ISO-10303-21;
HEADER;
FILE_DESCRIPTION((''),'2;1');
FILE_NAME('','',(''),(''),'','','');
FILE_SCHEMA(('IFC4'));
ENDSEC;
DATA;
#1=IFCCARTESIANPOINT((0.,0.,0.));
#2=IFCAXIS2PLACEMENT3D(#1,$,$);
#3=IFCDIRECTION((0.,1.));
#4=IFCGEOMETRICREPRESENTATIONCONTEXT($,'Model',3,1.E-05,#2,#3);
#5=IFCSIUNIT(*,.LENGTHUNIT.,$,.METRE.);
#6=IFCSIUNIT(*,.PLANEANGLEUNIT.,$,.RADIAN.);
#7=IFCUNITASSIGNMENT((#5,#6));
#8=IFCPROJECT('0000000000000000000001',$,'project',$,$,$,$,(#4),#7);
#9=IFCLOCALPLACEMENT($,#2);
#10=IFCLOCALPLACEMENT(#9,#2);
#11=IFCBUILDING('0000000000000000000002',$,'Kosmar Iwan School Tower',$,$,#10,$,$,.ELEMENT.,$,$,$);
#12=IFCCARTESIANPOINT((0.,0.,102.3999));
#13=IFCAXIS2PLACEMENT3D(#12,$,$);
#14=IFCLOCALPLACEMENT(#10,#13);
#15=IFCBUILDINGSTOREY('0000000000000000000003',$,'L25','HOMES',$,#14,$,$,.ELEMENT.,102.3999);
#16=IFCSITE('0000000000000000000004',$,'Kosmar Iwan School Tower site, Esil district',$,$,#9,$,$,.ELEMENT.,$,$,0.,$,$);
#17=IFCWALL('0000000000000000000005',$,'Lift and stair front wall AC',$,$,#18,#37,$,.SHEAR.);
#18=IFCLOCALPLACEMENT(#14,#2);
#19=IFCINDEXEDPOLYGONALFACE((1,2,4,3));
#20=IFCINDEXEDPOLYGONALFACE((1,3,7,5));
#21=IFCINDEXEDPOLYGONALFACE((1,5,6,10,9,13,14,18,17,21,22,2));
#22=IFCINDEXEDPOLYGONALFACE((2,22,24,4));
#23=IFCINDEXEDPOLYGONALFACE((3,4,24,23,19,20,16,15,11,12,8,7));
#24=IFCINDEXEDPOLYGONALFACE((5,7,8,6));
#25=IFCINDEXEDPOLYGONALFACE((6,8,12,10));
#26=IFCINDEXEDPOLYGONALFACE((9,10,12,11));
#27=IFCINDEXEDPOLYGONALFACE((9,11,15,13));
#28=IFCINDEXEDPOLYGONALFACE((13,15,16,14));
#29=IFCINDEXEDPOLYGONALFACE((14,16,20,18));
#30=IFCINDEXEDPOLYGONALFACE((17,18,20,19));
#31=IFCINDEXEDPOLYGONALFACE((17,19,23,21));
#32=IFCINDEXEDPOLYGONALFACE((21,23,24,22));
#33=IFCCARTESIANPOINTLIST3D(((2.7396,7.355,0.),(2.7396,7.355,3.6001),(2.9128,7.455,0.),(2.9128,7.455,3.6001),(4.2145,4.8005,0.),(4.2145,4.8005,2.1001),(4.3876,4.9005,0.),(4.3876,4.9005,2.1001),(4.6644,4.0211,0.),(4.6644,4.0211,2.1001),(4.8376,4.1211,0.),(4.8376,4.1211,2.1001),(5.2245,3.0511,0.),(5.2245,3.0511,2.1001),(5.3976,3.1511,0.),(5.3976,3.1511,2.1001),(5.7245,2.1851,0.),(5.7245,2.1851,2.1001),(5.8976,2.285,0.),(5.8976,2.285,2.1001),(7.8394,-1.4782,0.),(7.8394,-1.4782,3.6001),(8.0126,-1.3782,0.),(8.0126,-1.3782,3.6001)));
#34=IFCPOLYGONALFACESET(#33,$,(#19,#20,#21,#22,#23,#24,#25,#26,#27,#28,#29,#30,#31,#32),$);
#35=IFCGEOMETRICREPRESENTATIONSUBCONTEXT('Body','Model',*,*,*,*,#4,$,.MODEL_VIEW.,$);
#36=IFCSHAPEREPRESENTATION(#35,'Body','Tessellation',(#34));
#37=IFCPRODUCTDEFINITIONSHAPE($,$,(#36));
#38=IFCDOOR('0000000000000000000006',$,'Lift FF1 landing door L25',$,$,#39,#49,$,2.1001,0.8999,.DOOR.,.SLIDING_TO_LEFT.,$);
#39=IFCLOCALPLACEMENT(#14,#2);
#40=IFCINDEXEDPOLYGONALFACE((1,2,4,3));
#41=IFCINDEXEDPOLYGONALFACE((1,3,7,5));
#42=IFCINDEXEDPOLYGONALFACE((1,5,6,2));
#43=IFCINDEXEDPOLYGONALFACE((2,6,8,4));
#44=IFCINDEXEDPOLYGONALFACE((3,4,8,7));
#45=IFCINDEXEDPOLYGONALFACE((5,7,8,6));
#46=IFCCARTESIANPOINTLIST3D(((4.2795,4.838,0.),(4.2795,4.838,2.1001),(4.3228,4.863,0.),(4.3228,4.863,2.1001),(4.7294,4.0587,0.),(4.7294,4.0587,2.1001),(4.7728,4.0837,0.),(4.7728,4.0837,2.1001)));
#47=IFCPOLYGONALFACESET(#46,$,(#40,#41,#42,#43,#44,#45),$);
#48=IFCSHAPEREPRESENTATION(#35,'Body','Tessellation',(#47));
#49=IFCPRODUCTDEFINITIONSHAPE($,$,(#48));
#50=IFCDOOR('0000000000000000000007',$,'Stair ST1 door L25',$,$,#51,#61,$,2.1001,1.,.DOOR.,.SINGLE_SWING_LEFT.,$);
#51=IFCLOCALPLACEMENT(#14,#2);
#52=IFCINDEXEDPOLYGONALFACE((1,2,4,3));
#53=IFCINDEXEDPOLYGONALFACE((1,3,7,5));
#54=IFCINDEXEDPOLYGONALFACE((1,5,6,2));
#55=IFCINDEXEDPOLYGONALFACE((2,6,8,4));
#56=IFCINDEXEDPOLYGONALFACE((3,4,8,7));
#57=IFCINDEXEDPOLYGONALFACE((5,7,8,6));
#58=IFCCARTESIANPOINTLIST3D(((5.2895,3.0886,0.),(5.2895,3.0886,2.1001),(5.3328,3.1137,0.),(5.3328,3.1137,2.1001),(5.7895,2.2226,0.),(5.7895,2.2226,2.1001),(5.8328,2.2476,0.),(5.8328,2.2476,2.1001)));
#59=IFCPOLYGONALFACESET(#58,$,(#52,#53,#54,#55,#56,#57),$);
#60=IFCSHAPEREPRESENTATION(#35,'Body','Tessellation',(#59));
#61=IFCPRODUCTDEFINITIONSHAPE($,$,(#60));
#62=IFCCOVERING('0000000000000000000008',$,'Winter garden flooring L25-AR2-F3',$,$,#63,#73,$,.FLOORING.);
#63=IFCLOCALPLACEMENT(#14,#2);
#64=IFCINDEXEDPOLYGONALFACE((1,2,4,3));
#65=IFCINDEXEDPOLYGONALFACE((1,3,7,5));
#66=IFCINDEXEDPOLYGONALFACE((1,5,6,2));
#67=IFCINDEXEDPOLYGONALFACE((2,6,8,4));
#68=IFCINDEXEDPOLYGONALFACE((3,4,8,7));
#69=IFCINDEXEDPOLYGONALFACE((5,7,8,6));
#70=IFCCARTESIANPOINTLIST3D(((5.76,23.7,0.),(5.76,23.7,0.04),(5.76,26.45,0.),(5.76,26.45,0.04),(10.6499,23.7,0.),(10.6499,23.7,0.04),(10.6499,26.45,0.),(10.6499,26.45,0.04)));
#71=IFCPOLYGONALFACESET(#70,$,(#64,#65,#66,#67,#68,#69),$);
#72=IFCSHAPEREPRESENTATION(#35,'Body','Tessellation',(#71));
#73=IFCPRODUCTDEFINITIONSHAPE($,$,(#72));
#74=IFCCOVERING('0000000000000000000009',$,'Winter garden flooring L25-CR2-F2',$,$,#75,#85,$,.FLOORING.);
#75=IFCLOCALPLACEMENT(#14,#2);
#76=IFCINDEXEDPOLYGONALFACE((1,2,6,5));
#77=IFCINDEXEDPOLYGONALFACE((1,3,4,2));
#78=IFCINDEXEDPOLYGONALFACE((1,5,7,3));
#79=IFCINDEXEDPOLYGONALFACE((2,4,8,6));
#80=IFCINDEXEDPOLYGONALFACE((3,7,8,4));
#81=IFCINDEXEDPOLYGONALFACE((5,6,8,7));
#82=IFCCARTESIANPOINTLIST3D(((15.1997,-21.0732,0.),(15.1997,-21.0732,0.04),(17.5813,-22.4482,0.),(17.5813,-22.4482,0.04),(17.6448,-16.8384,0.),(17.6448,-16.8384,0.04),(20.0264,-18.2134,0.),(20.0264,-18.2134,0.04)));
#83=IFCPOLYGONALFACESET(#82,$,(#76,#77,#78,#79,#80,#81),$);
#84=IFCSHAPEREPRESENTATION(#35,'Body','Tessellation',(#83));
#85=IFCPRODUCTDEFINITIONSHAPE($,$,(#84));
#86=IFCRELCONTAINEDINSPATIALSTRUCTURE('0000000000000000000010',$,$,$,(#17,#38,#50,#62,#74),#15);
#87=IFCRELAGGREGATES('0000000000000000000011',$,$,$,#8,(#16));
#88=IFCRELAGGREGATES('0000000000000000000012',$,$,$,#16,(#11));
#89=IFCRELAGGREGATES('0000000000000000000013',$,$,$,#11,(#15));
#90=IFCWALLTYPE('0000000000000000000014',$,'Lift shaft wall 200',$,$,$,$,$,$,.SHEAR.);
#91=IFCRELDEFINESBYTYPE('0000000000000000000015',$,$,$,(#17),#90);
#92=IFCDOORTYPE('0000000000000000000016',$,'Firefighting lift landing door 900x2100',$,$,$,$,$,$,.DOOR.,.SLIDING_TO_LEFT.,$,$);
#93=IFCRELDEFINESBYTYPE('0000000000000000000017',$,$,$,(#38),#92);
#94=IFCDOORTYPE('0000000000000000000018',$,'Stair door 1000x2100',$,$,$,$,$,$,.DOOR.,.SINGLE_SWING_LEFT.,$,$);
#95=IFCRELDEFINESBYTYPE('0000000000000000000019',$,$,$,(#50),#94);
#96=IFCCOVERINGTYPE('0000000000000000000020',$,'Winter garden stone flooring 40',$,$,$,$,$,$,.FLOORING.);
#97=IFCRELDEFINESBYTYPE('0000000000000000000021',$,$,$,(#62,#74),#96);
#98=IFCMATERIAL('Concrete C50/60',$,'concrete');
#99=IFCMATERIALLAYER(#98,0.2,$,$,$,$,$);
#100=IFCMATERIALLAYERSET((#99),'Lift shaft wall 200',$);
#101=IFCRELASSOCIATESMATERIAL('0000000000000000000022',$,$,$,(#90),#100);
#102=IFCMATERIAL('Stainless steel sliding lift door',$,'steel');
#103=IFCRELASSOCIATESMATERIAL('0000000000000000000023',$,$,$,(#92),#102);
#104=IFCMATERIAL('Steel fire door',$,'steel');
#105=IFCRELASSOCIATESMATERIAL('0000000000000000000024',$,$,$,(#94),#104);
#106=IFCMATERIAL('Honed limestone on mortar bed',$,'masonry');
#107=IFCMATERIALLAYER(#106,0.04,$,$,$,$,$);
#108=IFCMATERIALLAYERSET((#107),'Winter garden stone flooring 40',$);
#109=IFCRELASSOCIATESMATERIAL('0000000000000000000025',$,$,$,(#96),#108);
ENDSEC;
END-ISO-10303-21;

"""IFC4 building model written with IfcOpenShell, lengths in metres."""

from ifc_helpers import new_model, si_unit, direction, frame, frame_2d, origin, place, context, subcontext, project, spatial, polyline, rectangle, outline, extrude, material, layer, layer_set, type_object, element, fill, save


model = new_model("IFC4")

# Units and contexts
model_context = context("Model", 3, precision=1e-05, world=origin(), true_north=direction((0.0, 1.0)))
body_context = subcontext(model_context, "Body", "Model", "MODEL_VIEW")
ifc_project = project(units=[si_unit("LENGTHUNIT", "METRE"), si_unit("PLANEANGLEUNIT", "RADIAN")], contexts=[model_context])

# Site, building, storey
site_placement = place(None, origin())
site = spatial("IfcSite", under=ifc_project, at=site_placement, Name="Kosmar Iwan School Tower site, Esil district", CompositionType="ELEMENT", RefElevation=0.0)
building_placement = place(site_placement, origin())
building = spatial("IfcBuilding", under=site, at=building_placement, Name="Kosmar Iwan School Tower", CompositionType="ELEMENT")
storey_placement = place(building_placement, frame((0.0, 0.0, 102.3999)))
storey = spatial("IfcBuildingStorey", under=building, at=storey_placement, Name="L25", Description="HOMES", CompositionType="ELEMENT", Elevation=102.3999)

# Wall, openings, doors
ifc_material_1 = material(Name="Concrete C50/60", Category="concrete")
ifc_layer_1 = layer(ifc_material_1, 0.2)
ifc_layer_set_1 = layer_set([ifc_layer_1], Name="Lift shaft wall 200")
wall_type_1 = type_object("IfcWallType", Name="Lift shaft wall 200", PredefinedType="SHEAR", material=ifc_layer_set_1)
wall_1_placement = place(storey_placement, frame((7.926, -1.4282, 0.0), z_axis=(0.0, 0.0, 1.0), x_axis=(-0.499998, 0.866027, 0.0)))
wall_1 = element("IfcWall", 1, at=wall_1_placement, inside=storey, type_object=wall_type_1, Name="Lift and stair front wall AC", PredefinedType="SHEAR", context=body_context, shape_type="SweptSolid", body=[
    extrude(rectangle(XDim=10.1997, YDim=0.2, at=frame_2d((5.0999, 0.0))), origin(), (0.0, 0.0, 1.0), 3.6001),
])
opening_1_placement = place(wall_1_placement, frame((6.3501, 0.0, 0.0)))
opening_1 = element("IfcOpeningElement", 2, at=opening_1_placement, cuts=wall_1, PredefinedType="OPENING", context=body_context, shape_type="SweptSolid", body=[
    extrude(rectangle(XDim=0.8999, YDim=2.1001, at=frame_2d((0.45, 1.05))), frame((0.0, 0.1121, 0.0), z_axis=(0.0, -1.0, 0.0), x_axis=(1.0, 0.0, 0.0)), (0.0, 0.0, 1.0), 0.2239),
])
opening_2_placement = place(wall_1_placement, frame((4.23, 0.0, 0.0)))
opening_2 = element("IfcOpeningElement", 3, at=opening_2_placement, cuts=wall_1, PredefinedType="OPENING", context=body_context, shape_type="SweptSolid", body=[
    extrude(rectangle(XDim=1.0, YDim=2.1001, at=frame_2d((0.5, 1.05))), frame((0.0, 0.1121, 0.0), z_axis=(0.0, -1.0, 0.0), x_axis=(1.0, 0.0, 0.0)), (0.0, 0.0, 1.0), 0.2239),
])
ifc_material_2 = material(Name="Stainless steel sliding lift door", Category="steel")
door_type_1 = type_object("IfcDoorType", Name="Firefighting lift landing door 900x2100", OperationType="SLIDING_TO_LEFT", PredefinedType="DOOR", material=ifc_material_2)
door_1_placement = place(opening_1_placement, origin())
door_1 = element("IfcDoor", 4, at=door_1_placement, inside=storey, type_object=door_type_1, Name="Lift FF1 landing door L25", OperationType="SLIDING_TO_LEFT", OverallHeight=2.1001, OverallWidth=0.8999, PredefinedType="DOOR", context=body_context, shape_type="SweptSolid", body=[
    extrude(rectangle(XDim=0.8999, YDim=2.1001, at=frame_2d((0.45, 1.05))), frame((0.0, 0.0249, 0.0), z_axis=(0.0, -1.0, 0.0), x_axis=(1.0, 0.0, 0.0)), (0.0, 0.0, 1.0), 0.05),
])
fill(opening_1, door_1)
ifc_material_3 = material(Name="Steel fire door", Category="steel")
door_type_2 = type_object("IfcDoorType", Name="Stair door 1000x2100", OperationType="SINGLE_SWING_LEFT", PredefinedType="DOOR", material=ifc_material_3)
door_2_placement = place(opening_2_placement, origin())
door_2 = element("IfcDoor", 5, at=door_2_placement, inside=storey, type_object=door_type_2, Name="Stair ST1 door L25", OperationType="SINGLE_SWING_LEFT", OverallHeight=2.1001, OverallWidth=1.0, PredefinedType="DOOR", context=body_context, shape_type="SweptSolid", body=[
    extrude(rectangle(XDim=1.0, YDim=2.1001, at=frame_2d((0.5, 1.05))), frame((0.0, 0.0249, 0.0), z_axis=(0.0, -1.0, 0.0), x_axis=(1.0, 0.0, 0.0)), (0.0, 0.0, 1.0), 0.05),
])
fill(opening_2, door_2)

# Coverings
ifc_material_4 = material(Name="Honed limestone on mortar bed", Category="masonry")
ifc_layer_2 = layer(ifc_material_4, 0.04)
ifc_layer_set_2 = layer_set([ifc_layer_2], Name="Winter garden stone flooring 40")
covering_type = type_object("IfcCoveringType", Name="Winter garden stone flooring 40", PredefinedType="FLOORING", material=ifc_layer_set_2)
covering_1_placement = place(storey_placement, origin())
element("IfcCovering", 6, at=covering_1_placement, inside=storey, type_object=covering_type, Name="Winter garden flooring L25-AR2-F3", PredefinedType="FLOORING", context=body_context, shape_type="SweptSolid", body=[
    extrude(outline(polyline([(5.76, 23.7), (10.6499, 23.7), (10.6499, 26.45), (5.76, 26.45), (5.76, 23.7)])), origin(), (0.0, 0.0, 1.0), 0.04),
])
covering_2_placement = place(storey_placement, origin())
element("IfcCovering", 7, at=covering_2_placement, inside=storey, type_object=covering_type, Name="Winter garden flooring L25-CR2-F2", PredefinedType="FLOORING", context=body_context, shape_type="SweptSolid", body=[
    extrude(outline(polyline([(17.5813, -22.4482), (20.0264, -18.2134), (17.6448, -16.8384), (15.1997, -21.0732), (17.5813, -22.4482)])), origin(), (0.0, 0.0, 1.0), 0.04),
])

save(model, "model.ifc")
